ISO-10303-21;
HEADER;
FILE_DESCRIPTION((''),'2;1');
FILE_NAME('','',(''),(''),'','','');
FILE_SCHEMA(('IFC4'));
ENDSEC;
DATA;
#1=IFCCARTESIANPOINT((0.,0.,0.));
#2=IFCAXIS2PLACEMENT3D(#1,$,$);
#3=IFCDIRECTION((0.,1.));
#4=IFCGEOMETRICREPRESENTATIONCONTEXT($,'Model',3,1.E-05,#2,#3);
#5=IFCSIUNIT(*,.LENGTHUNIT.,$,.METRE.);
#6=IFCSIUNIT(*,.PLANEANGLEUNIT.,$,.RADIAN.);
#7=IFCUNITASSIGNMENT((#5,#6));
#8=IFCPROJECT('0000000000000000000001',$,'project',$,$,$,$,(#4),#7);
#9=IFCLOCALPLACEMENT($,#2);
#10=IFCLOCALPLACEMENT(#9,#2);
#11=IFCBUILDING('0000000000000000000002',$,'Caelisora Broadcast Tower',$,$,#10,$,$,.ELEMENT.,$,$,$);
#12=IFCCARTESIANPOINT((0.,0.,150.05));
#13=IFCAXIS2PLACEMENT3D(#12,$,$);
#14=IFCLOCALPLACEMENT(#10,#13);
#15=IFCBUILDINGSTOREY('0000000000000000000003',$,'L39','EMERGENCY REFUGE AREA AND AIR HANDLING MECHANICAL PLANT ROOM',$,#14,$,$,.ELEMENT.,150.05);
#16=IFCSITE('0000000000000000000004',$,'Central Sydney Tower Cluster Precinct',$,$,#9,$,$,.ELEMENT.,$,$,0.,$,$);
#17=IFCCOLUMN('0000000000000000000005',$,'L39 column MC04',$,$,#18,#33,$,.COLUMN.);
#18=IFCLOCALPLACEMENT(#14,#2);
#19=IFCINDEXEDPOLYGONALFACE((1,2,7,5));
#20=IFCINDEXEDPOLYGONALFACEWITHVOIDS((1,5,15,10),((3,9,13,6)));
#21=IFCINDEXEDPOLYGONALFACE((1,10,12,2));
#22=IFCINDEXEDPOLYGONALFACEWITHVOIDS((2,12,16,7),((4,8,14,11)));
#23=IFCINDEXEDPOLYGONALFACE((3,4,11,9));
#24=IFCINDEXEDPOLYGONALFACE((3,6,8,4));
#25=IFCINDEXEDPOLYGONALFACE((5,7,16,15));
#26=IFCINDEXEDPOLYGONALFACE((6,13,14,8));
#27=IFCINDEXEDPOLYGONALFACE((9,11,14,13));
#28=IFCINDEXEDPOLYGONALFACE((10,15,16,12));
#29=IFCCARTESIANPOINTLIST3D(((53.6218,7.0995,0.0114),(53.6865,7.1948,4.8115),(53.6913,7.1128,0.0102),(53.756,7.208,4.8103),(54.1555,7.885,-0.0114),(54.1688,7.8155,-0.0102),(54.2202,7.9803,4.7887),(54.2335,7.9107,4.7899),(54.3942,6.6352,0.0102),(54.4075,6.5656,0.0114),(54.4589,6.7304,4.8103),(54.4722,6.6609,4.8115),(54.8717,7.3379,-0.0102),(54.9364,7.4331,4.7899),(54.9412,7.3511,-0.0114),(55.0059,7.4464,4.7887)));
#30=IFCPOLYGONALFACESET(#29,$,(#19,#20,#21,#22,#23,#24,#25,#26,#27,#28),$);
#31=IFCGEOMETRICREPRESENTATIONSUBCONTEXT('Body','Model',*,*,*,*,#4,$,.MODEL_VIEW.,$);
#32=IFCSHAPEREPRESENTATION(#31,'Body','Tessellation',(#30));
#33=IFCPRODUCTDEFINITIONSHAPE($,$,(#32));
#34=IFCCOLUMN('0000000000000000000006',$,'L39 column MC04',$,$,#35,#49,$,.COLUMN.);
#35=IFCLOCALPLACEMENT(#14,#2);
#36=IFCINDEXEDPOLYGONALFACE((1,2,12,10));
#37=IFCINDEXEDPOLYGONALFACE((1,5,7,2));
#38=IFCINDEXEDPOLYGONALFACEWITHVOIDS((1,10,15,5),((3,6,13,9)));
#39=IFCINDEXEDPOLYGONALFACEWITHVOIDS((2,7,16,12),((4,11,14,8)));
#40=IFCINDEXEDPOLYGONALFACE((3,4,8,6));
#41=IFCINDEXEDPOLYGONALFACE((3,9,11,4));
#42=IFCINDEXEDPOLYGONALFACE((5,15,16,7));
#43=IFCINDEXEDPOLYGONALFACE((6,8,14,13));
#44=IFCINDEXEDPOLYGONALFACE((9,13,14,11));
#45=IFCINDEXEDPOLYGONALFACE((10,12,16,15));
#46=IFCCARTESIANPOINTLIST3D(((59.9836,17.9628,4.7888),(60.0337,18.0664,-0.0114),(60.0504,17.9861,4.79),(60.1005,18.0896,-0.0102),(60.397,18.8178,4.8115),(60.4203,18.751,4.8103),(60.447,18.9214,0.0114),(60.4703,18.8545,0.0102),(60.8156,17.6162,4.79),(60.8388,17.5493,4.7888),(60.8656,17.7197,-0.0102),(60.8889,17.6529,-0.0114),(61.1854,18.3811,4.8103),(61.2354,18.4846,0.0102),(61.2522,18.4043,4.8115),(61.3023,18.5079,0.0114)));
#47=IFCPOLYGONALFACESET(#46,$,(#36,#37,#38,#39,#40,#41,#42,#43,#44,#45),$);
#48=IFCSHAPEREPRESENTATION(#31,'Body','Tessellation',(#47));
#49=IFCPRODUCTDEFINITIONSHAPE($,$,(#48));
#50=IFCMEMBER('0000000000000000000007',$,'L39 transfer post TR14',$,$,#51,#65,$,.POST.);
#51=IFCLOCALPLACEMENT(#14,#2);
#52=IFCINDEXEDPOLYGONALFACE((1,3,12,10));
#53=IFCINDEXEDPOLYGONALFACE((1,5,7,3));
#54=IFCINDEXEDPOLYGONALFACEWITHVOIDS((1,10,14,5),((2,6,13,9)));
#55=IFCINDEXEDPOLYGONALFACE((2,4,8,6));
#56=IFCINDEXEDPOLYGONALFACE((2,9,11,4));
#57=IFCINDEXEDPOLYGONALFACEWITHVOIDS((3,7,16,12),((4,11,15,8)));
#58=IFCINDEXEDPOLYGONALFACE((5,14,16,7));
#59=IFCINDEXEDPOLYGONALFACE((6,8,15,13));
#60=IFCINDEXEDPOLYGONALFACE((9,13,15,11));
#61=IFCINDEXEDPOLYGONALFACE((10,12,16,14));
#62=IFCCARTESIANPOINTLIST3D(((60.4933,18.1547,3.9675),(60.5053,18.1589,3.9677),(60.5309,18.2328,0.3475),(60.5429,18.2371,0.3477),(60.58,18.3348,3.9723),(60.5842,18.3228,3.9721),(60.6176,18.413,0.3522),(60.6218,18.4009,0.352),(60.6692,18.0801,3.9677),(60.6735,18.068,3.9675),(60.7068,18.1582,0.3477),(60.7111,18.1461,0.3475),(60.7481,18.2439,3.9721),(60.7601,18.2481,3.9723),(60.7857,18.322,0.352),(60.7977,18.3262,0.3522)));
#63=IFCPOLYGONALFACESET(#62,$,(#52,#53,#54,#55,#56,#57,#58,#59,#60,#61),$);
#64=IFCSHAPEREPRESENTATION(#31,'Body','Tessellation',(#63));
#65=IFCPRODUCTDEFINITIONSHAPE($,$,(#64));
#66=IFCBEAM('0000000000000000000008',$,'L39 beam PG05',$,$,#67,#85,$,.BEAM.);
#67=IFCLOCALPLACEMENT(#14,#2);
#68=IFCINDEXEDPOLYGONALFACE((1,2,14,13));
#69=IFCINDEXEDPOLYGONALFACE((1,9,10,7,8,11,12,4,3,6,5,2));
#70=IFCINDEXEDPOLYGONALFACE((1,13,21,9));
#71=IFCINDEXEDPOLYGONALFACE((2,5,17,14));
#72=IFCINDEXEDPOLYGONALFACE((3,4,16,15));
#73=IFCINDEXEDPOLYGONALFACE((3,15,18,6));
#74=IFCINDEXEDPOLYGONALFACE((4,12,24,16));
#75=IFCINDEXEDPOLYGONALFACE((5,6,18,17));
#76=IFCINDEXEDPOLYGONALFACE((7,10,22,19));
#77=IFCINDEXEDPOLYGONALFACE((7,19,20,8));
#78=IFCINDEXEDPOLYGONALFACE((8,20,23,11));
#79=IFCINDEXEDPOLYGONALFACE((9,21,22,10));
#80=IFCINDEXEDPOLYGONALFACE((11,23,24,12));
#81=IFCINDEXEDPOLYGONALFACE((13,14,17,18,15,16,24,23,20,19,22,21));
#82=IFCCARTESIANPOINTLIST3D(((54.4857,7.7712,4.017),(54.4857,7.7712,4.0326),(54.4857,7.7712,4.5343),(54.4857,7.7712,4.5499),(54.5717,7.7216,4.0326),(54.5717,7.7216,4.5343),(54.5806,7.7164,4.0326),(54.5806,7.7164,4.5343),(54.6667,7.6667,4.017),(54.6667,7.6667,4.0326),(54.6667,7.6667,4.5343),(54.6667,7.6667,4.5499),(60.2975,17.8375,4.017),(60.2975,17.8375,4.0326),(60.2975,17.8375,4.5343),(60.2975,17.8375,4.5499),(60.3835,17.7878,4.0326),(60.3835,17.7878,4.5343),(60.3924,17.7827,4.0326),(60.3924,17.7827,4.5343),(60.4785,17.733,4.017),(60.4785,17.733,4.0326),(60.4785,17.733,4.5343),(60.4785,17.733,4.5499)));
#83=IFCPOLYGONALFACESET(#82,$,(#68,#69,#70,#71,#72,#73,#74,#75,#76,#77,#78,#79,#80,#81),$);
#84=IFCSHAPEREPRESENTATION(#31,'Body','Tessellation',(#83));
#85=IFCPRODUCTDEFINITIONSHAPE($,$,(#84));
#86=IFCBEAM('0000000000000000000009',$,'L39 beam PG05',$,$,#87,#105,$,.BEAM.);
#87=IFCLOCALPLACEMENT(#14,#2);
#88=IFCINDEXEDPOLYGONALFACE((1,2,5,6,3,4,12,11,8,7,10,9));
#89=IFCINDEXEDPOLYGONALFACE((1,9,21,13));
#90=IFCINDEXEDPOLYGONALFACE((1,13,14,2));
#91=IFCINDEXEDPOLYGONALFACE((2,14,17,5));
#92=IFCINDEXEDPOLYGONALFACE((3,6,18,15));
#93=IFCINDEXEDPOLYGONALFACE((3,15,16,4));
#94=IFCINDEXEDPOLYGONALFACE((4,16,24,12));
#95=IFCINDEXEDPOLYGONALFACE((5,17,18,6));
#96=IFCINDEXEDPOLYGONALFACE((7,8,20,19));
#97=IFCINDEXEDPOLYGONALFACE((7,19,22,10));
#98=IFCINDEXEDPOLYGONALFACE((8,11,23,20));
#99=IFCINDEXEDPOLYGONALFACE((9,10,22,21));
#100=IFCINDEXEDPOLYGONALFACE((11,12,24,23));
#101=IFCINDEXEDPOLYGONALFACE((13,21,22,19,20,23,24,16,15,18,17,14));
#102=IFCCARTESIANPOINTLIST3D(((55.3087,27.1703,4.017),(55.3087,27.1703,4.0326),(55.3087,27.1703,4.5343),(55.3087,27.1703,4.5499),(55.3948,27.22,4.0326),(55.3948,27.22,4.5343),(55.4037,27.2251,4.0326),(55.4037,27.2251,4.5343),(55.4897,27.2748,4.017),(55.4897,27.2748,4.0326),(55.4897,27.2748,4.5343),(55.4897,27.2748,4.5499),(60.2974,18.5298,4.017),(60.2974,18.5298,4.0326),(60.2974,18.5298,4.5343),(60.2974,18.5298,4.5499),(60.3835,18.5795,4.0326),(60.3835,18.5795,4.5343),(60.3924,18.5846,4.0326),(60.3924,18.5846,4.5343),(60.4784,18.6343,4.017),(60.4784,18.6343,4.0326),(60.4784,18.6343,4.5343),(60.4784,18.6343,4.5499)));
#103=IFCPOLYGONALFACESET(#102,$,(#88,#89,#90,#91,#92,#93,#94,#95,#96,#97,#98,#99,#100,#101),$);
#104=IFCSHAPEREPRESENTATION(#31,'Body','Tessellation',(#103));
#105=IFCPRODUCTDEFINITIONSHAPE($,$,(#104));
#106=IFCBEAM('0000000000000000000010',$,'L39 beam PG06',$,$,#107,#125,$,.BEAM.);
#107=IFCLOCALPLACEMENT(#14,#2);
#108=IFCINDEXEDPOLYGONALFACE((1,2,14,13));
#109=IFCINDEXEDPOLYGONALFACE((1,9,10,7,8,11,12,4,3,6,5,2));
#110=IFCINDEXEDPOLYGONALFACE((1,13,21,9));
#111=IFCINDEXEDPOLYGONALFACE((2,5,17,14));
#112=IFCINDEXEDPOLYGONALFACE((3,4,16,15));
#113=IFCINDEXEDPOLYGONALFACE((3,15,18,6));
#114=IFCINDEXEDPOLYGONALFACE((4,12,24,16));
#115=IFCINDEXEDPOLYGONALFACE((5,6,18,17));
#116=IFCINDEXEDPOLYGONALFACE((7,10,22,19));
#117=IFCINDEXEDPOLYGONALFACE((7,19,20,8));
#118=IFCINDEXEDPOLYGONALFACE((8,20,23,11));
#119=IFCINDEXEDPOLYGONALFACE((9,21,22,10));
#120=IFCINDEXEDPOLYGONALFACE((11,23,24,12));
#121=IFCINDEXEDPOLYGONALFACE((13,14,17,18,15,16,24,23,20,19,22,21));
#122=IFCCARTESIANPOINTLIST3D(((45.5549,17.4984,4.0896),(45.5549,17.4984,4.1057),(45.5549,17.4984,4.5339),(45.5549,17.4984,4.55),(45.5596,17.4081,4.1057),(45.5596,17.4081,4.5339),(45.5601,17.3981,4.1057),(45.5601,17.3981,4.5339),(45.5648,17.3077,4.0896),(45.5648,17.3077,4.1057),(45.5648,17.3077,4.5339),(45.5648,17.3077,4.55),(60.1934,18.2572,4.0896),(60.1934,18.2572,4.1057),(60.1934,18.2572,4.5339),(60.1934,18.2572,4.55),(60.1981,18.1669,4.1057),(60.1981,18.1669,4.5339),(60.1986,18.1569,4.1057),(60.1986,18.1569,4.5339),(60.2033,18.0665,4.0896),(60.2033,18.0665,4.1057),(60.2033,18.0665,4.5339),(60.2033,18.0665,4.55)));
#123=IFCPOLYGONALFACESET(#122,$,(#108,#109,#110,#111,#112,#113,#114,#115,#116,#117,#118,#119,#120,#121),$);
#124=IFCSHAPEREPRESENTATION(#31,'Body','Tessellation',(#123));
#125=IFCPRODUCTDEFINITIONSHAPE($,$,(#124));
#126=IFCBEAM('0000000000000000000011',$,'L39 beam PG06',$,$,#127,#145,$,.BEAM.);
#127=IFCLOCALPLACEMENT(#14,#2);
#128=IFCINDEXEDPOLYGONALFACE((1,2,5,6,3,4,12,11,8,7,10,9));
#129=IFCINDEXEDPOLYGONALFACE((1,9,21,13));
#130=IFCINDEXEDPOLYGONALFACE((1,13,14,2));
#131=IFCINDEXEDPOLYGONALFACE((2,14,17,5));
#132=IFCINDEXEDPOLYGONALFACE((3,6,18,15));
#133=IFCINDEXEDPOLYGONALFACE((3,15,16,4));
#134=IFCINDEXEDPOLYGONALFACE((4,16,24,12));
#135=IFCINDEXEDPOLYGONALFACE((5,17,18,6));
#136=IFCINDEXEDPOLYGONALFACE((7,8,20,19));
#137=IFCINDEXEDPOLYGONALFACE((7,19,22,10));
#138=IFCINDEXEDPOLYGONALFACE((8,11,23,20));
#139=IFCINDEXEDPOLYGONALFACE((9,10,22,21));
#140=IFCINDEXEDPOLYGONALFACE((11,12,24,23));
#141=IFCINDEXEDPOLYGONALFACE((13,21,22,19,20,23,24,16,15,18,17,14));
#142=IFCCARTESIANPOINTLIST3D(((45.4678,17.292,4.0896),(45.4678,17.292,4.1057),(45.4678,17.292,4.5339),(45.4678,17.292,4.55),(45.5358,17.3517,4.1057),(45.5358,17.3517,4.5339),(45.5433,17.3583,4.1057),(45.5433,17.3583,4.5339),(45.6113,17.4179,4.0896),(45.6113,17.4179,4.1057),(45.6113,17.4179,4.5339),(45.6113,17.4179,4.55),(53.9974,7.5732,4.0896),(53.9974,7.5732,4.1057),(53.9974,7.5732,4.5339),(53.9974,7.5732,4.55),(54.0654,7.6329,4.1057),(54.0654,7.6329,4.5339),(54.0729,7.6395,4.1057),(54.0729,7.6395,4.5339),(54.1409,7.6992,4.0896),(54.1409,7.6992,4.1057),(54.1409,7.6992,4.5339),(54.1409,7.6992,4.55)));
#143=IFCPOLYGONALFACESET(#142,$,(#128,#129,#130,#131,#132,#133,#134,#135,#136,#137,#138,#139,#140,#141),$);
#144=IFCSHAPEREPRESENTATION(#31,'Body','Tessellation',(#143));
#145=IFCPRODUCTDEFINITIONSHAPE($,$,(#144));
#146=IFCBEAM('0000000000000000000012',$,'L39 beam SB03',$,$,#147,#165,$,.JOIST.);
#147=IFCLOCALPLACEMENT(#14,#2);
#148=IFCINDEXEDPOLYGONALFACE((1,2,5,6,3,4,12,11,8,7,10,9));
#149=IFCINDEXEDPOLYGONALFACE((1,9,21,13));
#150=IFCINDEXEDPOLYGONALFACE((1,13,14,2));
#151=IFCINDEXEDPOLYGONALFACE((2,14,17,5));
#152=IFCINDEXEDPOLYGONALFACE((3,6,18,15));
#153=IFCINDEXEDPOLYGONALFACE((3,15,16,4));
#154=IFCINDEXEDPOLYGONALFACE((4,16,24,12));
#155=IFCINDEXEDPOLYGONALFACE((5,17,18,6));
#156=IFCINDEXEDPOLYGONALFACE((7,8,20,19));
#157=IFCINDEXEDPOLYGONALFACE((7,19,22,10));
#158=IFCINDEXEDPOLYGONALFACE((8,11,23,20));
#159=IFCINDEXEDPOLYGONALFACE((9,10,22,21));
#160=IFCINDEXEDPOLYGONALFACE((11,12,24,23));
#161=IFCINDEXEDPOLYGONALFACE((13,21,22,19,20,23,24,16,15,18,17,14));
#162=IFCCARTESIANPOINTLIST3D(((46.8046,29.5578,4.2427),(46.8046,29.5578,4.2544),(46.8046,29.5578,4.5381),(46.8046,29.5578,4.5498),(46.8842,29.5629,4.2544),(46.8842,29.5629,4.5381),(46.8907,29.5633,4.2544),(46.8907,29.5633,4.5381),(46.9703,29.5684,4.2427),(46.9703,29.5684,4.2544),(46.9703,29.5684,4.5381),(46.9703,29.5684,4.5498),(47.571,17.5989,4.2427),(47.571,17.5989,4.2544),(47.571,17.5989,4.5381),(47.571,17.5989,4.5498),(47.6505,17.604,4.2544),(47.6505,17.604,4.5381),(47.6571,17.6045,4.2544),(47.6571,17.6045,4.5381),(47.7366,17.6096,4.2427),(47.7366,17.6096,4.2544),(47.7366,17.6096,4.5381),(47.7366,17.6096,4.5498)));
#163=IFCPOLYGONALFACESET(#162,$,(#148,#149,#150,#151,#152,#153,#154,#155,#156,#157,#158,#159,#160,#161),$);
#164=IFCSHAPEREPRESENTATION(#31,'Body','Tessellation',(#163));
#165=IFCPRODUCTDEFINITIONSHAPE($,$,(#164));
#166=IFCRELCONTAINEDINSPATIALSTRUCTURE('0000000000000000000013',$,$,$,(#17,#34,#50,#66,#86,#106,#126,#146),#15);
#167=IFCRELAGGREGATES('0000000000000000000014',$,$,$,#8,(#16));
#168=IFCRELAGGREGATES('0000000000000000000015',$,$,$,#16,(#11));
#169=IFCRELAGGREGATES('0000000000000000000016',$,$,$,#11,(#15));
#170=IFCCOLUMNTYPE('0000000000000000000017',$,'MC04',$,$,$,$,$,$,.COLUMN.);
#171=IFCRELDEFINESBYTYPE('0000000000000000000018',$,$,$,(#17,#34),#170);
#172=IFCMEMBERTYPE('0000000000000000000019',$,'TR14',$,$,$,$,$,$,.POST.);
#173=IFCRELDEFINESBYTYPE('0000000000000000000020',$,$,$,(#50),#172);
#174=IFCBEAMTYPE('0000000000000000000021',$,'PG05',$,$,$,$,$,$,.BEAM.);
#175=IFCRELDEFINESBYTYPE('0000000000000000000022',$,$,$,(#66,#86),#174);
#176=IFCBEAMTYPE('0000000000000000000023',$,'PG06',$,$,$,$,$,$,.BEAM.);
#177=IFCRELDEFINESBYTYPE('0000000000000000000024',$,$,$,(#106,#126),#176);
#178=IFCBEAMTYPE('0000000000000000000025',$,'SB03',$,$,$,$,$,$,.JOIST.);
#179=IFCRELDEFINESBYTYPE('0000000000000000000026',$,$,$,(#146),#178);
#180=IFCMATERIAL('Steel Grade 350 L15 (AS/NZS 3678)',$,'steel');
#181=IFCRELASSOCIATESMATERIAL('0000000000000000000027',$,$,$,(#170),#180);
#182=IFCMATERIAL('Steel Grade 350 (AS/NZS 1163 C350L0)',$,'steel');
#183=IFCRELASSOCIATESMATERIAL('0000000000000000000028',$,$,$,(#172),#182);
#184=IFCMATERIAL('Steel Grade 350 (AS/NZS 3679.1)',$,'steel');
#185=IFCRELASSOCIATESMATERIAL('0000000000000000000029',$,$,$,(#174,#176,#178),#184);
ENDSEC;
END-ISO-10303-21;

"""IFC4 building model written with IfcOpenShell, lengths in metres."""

from ifc_helpers import new_model, si_unit, direction, frame, origin, origin_2d, place, context, subcontext, project, spatial, hollow_rectangle, i_section, extrude, source, transform, mapped, material, material_profile, profile_set, type_object, type_shapes, element, save


model = new_model("IFC4")

# Units and contexts
model_context = context("Model", 3, precision=1e-05, world=origin(), true_north=direction((0.0, 1.0)))
body_context = subcontext(model_context, "Body", "Model", "MODEL_VIEW")
ifc_project = project(units=[si_unit("LENGTHUNIT", "METRE"), si_unit("PLANEANGLEUNIT", "RADIAN")], contexts=[model_context])

# Site, building, storey
site_placement = place(None, origin())
site = spatial("IfcSite", under=ifc_project, at=site_placement, Name="Central Sydney Tower Cluster Precinct", CompositionType="ELEMENT", RefElevation=0.0)
building_placement = place(site_placement, origin())
building = spatial("IfcBuilding", under=site, at=building_placement, Name="Caelisora Broadcast Tower", CompositionType="ELEMENT")
storey_placement = place(building_placement, frame((0.0, 0.0, 150.05)))
storey = spatial("IfcBuildingStorey", under=building, at=storey_placement, Name="L39", Description="EMERGENCY REFUGE AREA AND AIR HANDLING MECHANICAL PLANT ROOM", CompositionType="ELEMENT", Elevation=150.05)

# Columns
ifc_material_1 = material(Name="Steel Grade 350 L15 (AS/NZS 3678)", Category="steel")
ifc_material_profile_1 = material_profile(ifc_material_1, hollow_rectangle(XDim=0.95, YDim=0.95, WallThickness=0.05, at=origin_2d()), Name="Steel Grade 350 L15 (AS/NZS 3678)")
ifc_profile_set_1 = profile_set([ifc_material_profile_1], Name="Steel Grade 350 L15 (AS/NZS 3678)")
column_type = type_object("IfcColumnType", Name="MC04", PredefinedType="COLUMN", material=ifc_profile_set_1)
shared_shape_1 = source(origin(), body_context, "Body", "SweptSolid", [
    extrude(hollow_rectangle(XDim=0.95, YDim=0.95, WallThickness=0.05, at=origin_2d()), origin(), (0.0, 0.0, 1.0), 4.8015),
])
type_shapes(column_type, [shared_shape_1])
for number, where, z_axis, x_axis, name in (
    (1, (54.2815, 7.2253, 0.0), (0.013475, 0.019831, 0.999713), (-0.827124, 0.56202, 0.0), "L39 column MC04"),
    (2, (60.668, 18.2871, 0.0), (-0.010424, -0.021559, 0.999713), (0.900293, -0.435283, 0.0), "L39 column MC04"),
):
    element("IfcColumn", number, at=place(storey_placement, frame(where, z_axis=z_axis, x_axis=x_axis)), inside=storey, type_object=column_type, Name=name, PredefinedType="COLUMN", context=body_context, shape_type="MappedRepresentation", body=[
        mapped(shared_shape_1, transform((0.0, 0.0, 0.0), scale=1.0)),
    ])

# Member
ifc_material_2 = material(Name="Steel Grade 350 (AS/NZS 1163 C350L0)", Category="steel")
ifc_material_profile_2 = material_profile(ifc_material_2, hollow_rectangle(XDim=0.2, YDim=0.2, WallThickness=0.009, at=origin_2d()), Name="Steel Grade 350 (AS/NZS 1163 C350L0)")
ifc_profile_set_2 = profile_set([ifc_material_profile_2], Name="Steel Grade 350 (AS/NZS 1163 C350L0)")
member_type_1 = type_object("IfcMemberType", Name="TR14", PredefinedType="POST", material=ifc_profile_set_2)
shared_shape_2 = source(origin(), body_context, "Body", "SweptSolid", [
    extrude(hollow_rectangle(XDim=0.2, YDim=0.2, WallThickness=0.009, at=origin_2d()), origin(), (0.0, 0.0, 1.0), 3.6211),
])
type_shapes(member_type_1, [shared_shape_2])
member_1_placement = place(storey_placement, frame((60.6643, 18.2795, 0.3499), z_axis=(-0.010383, -0.021575, 0.999713), x_axis=(0.901083, -0.433646, 0.0)))
element("IfcMember", 3, at=member_1_placement, inside=storey, type_object=member_type_1, Name="L39 transfer post TR14", PredefinedType="POST", context=body_context, shape_type="MappedRepresentation", body=[
    mapped(shared_shape_2, transform((0.0, 0.0, 0.0), scale=1.0)),
])

# Beams
ifc_material_3 = material(Name="Steel Grade 350 (AS/NZS 3679.1)", Category="steel")
ifc_material_profile_3 = material_profile(ifc_material_3, i_section(OverallWidth=0.209, OverallDepth=0.533, WebThickness=0.0103, FlangeThickness=0.0156, at=origin_2d()), Name="Steel Grade 350 (AS/NZS 3679.1)")
ifc_profile_set_3 = profile_set([ifc_material_profile_3], Name="Steel Grade 350 (AS/NZS 3679.1)")
beam_type_1 = type_object("IfcBeamType", Name="PG05", PredefinedType="BEAM", material=ifc_profile_set_3)
shared_shape_3 = source(origin(), body_context, "Body", "SweptSolid", [
    extrude(i_section(OverallWidth=0.209, OverallDepth=0.533, WebThickness=0.0103, FlangeThickness=0.0156, at=origin_2d()), origin(), (0.0, 0.0, 1.0), 11.6235),
])
beam_1_placement = place(storey_placement, frame((54.5762, 7.719, 4.2834), z_axis=(0.500004, 0.866023, 0.0), x_axis=(-0.866023, 0.500004, 0.0)))
element("IfcBeam", 4, at=beam_1_placement, inside=storey, type_object=beam_type_1, Name="L39 beam PG05", PredefinedType="BEAM", context=body_context, shape_type="MappedRepresentation", body=[
    mapped(shared_shape_3, transform((0.0, 0.0, 0.0), scale=1.0)),
])
shared_shape_4 = source(origin(), body_context, "Body", "SweptSolid", [
    extrude(i_section(OverallWidth=0.209, OverallDepth=0.533, WebThickness=0.0103, FlangeThickness=0.0156, at=origin_2d()), origin(), (0.0, 0.0, 1.0), 9.9773),
])
type_shapes(beam_type_1, [shared_shape_3, shared_shape_4])
beam_2_placement = place(storey_placement, frame((60.3879, 18.582, 4.2834), z_axis=(-0.500008, 0.866021, 0.0), x_axis=(-0.866021, -0.500008, 0.0)))
element("IfcBeam", 5, at=beam_2_placement, inside=storey, type_object=beam_type_1, Name="L39 beam PG05", PredefinedType="BEAM", context=body_context, shape_type="MappedRepresentation", body=[
    mapped(shared_shape_4, transform((0.0, 0.0, 0.0), scale=1.0)),
])
ifc_material_profile_4 = material_profile(ifc_material_3, i_section(OverallWidth=0.1909, OverallDepth=0.4604, WebThickness=0.01, FlangeThickness=0.0161, at=origin_2d()), Name="Steel Grade 350 (AS/NZS 3679.1)")
ifc_profile_set_4 = profile_set([ifc_material_profile_4], Name="Steel Grade 350 (AS/NZS 3679.1)")
beam_type_2 = type_object("IfcBeamType", Name="PG06", PredefinedType="BEAM", material=ifc_profile_set_4)
shared_shape_5 = source(origin(), body_context, "Body", "SweptSolid", [
    extrude(i_section(OverallWidth=0.1909, OverallDepth=0.4604, WebThickness=0.01, FlangeThickness=0.0161, at=origin_2d()), origin(), (0.0, 0.0, 1.0), 14.6582),
])
beam_3_placement = place(storey_placement, frame((45.5598, 17.4031, 4.3198), z_axis=(0.998659, 0.051765, 0.0), x_axis=(-0.051765, 0.998659, 0.0)))
element("IfcBeam", 6, at=beam_3_placement, inside=storey, type_object=beam_type_2, Name="L39 beam PG06", PredefinedType="BEAM", context=body_context, shape_type="MappedRepresentation", body=[
    mapped(shared_shape_5, transform((0.0, 0.0, 0.0), scale=1.0)),
])
shared_shape_6 = source(origin(), body_context, "Body", "SweptSolid", [
    extrude(i_section(OverallWidth=0.1909, OverallDepth=0.4604, WebThickness=0.01, FlangeThickness=0.0161, at=origin_2d()), origin(), (0.0, 0.0, 1.0), 12.9309),
])
type_shapes(beam_type_2, [shared_shape_5, shared_shape_6])
beam_4_placement = place(storey_placement, frame((45.5396, 17.355, 4.3198), z_axis=(0.659627, -0.751593, 0.0), x_axis=(0.751593, 0.659627, 0.0)))
element("IfcBeam", 7, at=beam_4_placement, inside=storey, type_object=beam_type_2, Name="L39 beam PG06", PredefinedType="BEAM", context=body_context, shape_type="MappedRepresentation", body=[
    mapped(shared_shape_6, transform((0.0, 0.0, 0.0), scale=1.0)),
])
ifc_material_profile_5 = material_profile(ifc_material_3, i_section(OverallWidth=0.166, OverallDepth=0.3071, WebThickness=0.0066, FlangeThickness=0.0117, at=origin_2d()), Name="Steel Grade 350 (AS/NZS 3679.1)")
ifc_profile_set_5 = profile_set([ifc_material_profile_5], Name="Steel Grade 350 (AS/NZS 3679.1)")
beam_type_3 = type_object("IfcBeamType", Name="SB03", PredefinedType="JOIST", material=ifc_profile_set_5)
shared_shape_7 = source(origin(), body_context, "Body", "SweptSolid", [
    extrude(i_section(OverallWidth=0.166, OverallDepth=0.3071, WebThickness=0.0066, FlangeThickness=0.0117, at=origin_2d()), origin(), (0.0, 0.0, 1.0), 11.9834),
])
beam_5_placement = place(storey_placement, frame((47.6538, 17.6042, 4.3962), z_axis=(-0.063951, 0.997953, 0.0), x_axis=(-0.997953, -0.063951, 0.0)))
element("IfcBeam", 8, at=beam_5_placement, inside=storey, type_object=beam_type_3, Name="L39 beam SB03", PredefinedType="JOIST", context=body_context, shape_type="MappedRepresentation", body=[
    mapped(shared_shape_7, transform((0.0, 0.0, 0.0), scale=1.0)),
])

save(model, "model.ifc")
